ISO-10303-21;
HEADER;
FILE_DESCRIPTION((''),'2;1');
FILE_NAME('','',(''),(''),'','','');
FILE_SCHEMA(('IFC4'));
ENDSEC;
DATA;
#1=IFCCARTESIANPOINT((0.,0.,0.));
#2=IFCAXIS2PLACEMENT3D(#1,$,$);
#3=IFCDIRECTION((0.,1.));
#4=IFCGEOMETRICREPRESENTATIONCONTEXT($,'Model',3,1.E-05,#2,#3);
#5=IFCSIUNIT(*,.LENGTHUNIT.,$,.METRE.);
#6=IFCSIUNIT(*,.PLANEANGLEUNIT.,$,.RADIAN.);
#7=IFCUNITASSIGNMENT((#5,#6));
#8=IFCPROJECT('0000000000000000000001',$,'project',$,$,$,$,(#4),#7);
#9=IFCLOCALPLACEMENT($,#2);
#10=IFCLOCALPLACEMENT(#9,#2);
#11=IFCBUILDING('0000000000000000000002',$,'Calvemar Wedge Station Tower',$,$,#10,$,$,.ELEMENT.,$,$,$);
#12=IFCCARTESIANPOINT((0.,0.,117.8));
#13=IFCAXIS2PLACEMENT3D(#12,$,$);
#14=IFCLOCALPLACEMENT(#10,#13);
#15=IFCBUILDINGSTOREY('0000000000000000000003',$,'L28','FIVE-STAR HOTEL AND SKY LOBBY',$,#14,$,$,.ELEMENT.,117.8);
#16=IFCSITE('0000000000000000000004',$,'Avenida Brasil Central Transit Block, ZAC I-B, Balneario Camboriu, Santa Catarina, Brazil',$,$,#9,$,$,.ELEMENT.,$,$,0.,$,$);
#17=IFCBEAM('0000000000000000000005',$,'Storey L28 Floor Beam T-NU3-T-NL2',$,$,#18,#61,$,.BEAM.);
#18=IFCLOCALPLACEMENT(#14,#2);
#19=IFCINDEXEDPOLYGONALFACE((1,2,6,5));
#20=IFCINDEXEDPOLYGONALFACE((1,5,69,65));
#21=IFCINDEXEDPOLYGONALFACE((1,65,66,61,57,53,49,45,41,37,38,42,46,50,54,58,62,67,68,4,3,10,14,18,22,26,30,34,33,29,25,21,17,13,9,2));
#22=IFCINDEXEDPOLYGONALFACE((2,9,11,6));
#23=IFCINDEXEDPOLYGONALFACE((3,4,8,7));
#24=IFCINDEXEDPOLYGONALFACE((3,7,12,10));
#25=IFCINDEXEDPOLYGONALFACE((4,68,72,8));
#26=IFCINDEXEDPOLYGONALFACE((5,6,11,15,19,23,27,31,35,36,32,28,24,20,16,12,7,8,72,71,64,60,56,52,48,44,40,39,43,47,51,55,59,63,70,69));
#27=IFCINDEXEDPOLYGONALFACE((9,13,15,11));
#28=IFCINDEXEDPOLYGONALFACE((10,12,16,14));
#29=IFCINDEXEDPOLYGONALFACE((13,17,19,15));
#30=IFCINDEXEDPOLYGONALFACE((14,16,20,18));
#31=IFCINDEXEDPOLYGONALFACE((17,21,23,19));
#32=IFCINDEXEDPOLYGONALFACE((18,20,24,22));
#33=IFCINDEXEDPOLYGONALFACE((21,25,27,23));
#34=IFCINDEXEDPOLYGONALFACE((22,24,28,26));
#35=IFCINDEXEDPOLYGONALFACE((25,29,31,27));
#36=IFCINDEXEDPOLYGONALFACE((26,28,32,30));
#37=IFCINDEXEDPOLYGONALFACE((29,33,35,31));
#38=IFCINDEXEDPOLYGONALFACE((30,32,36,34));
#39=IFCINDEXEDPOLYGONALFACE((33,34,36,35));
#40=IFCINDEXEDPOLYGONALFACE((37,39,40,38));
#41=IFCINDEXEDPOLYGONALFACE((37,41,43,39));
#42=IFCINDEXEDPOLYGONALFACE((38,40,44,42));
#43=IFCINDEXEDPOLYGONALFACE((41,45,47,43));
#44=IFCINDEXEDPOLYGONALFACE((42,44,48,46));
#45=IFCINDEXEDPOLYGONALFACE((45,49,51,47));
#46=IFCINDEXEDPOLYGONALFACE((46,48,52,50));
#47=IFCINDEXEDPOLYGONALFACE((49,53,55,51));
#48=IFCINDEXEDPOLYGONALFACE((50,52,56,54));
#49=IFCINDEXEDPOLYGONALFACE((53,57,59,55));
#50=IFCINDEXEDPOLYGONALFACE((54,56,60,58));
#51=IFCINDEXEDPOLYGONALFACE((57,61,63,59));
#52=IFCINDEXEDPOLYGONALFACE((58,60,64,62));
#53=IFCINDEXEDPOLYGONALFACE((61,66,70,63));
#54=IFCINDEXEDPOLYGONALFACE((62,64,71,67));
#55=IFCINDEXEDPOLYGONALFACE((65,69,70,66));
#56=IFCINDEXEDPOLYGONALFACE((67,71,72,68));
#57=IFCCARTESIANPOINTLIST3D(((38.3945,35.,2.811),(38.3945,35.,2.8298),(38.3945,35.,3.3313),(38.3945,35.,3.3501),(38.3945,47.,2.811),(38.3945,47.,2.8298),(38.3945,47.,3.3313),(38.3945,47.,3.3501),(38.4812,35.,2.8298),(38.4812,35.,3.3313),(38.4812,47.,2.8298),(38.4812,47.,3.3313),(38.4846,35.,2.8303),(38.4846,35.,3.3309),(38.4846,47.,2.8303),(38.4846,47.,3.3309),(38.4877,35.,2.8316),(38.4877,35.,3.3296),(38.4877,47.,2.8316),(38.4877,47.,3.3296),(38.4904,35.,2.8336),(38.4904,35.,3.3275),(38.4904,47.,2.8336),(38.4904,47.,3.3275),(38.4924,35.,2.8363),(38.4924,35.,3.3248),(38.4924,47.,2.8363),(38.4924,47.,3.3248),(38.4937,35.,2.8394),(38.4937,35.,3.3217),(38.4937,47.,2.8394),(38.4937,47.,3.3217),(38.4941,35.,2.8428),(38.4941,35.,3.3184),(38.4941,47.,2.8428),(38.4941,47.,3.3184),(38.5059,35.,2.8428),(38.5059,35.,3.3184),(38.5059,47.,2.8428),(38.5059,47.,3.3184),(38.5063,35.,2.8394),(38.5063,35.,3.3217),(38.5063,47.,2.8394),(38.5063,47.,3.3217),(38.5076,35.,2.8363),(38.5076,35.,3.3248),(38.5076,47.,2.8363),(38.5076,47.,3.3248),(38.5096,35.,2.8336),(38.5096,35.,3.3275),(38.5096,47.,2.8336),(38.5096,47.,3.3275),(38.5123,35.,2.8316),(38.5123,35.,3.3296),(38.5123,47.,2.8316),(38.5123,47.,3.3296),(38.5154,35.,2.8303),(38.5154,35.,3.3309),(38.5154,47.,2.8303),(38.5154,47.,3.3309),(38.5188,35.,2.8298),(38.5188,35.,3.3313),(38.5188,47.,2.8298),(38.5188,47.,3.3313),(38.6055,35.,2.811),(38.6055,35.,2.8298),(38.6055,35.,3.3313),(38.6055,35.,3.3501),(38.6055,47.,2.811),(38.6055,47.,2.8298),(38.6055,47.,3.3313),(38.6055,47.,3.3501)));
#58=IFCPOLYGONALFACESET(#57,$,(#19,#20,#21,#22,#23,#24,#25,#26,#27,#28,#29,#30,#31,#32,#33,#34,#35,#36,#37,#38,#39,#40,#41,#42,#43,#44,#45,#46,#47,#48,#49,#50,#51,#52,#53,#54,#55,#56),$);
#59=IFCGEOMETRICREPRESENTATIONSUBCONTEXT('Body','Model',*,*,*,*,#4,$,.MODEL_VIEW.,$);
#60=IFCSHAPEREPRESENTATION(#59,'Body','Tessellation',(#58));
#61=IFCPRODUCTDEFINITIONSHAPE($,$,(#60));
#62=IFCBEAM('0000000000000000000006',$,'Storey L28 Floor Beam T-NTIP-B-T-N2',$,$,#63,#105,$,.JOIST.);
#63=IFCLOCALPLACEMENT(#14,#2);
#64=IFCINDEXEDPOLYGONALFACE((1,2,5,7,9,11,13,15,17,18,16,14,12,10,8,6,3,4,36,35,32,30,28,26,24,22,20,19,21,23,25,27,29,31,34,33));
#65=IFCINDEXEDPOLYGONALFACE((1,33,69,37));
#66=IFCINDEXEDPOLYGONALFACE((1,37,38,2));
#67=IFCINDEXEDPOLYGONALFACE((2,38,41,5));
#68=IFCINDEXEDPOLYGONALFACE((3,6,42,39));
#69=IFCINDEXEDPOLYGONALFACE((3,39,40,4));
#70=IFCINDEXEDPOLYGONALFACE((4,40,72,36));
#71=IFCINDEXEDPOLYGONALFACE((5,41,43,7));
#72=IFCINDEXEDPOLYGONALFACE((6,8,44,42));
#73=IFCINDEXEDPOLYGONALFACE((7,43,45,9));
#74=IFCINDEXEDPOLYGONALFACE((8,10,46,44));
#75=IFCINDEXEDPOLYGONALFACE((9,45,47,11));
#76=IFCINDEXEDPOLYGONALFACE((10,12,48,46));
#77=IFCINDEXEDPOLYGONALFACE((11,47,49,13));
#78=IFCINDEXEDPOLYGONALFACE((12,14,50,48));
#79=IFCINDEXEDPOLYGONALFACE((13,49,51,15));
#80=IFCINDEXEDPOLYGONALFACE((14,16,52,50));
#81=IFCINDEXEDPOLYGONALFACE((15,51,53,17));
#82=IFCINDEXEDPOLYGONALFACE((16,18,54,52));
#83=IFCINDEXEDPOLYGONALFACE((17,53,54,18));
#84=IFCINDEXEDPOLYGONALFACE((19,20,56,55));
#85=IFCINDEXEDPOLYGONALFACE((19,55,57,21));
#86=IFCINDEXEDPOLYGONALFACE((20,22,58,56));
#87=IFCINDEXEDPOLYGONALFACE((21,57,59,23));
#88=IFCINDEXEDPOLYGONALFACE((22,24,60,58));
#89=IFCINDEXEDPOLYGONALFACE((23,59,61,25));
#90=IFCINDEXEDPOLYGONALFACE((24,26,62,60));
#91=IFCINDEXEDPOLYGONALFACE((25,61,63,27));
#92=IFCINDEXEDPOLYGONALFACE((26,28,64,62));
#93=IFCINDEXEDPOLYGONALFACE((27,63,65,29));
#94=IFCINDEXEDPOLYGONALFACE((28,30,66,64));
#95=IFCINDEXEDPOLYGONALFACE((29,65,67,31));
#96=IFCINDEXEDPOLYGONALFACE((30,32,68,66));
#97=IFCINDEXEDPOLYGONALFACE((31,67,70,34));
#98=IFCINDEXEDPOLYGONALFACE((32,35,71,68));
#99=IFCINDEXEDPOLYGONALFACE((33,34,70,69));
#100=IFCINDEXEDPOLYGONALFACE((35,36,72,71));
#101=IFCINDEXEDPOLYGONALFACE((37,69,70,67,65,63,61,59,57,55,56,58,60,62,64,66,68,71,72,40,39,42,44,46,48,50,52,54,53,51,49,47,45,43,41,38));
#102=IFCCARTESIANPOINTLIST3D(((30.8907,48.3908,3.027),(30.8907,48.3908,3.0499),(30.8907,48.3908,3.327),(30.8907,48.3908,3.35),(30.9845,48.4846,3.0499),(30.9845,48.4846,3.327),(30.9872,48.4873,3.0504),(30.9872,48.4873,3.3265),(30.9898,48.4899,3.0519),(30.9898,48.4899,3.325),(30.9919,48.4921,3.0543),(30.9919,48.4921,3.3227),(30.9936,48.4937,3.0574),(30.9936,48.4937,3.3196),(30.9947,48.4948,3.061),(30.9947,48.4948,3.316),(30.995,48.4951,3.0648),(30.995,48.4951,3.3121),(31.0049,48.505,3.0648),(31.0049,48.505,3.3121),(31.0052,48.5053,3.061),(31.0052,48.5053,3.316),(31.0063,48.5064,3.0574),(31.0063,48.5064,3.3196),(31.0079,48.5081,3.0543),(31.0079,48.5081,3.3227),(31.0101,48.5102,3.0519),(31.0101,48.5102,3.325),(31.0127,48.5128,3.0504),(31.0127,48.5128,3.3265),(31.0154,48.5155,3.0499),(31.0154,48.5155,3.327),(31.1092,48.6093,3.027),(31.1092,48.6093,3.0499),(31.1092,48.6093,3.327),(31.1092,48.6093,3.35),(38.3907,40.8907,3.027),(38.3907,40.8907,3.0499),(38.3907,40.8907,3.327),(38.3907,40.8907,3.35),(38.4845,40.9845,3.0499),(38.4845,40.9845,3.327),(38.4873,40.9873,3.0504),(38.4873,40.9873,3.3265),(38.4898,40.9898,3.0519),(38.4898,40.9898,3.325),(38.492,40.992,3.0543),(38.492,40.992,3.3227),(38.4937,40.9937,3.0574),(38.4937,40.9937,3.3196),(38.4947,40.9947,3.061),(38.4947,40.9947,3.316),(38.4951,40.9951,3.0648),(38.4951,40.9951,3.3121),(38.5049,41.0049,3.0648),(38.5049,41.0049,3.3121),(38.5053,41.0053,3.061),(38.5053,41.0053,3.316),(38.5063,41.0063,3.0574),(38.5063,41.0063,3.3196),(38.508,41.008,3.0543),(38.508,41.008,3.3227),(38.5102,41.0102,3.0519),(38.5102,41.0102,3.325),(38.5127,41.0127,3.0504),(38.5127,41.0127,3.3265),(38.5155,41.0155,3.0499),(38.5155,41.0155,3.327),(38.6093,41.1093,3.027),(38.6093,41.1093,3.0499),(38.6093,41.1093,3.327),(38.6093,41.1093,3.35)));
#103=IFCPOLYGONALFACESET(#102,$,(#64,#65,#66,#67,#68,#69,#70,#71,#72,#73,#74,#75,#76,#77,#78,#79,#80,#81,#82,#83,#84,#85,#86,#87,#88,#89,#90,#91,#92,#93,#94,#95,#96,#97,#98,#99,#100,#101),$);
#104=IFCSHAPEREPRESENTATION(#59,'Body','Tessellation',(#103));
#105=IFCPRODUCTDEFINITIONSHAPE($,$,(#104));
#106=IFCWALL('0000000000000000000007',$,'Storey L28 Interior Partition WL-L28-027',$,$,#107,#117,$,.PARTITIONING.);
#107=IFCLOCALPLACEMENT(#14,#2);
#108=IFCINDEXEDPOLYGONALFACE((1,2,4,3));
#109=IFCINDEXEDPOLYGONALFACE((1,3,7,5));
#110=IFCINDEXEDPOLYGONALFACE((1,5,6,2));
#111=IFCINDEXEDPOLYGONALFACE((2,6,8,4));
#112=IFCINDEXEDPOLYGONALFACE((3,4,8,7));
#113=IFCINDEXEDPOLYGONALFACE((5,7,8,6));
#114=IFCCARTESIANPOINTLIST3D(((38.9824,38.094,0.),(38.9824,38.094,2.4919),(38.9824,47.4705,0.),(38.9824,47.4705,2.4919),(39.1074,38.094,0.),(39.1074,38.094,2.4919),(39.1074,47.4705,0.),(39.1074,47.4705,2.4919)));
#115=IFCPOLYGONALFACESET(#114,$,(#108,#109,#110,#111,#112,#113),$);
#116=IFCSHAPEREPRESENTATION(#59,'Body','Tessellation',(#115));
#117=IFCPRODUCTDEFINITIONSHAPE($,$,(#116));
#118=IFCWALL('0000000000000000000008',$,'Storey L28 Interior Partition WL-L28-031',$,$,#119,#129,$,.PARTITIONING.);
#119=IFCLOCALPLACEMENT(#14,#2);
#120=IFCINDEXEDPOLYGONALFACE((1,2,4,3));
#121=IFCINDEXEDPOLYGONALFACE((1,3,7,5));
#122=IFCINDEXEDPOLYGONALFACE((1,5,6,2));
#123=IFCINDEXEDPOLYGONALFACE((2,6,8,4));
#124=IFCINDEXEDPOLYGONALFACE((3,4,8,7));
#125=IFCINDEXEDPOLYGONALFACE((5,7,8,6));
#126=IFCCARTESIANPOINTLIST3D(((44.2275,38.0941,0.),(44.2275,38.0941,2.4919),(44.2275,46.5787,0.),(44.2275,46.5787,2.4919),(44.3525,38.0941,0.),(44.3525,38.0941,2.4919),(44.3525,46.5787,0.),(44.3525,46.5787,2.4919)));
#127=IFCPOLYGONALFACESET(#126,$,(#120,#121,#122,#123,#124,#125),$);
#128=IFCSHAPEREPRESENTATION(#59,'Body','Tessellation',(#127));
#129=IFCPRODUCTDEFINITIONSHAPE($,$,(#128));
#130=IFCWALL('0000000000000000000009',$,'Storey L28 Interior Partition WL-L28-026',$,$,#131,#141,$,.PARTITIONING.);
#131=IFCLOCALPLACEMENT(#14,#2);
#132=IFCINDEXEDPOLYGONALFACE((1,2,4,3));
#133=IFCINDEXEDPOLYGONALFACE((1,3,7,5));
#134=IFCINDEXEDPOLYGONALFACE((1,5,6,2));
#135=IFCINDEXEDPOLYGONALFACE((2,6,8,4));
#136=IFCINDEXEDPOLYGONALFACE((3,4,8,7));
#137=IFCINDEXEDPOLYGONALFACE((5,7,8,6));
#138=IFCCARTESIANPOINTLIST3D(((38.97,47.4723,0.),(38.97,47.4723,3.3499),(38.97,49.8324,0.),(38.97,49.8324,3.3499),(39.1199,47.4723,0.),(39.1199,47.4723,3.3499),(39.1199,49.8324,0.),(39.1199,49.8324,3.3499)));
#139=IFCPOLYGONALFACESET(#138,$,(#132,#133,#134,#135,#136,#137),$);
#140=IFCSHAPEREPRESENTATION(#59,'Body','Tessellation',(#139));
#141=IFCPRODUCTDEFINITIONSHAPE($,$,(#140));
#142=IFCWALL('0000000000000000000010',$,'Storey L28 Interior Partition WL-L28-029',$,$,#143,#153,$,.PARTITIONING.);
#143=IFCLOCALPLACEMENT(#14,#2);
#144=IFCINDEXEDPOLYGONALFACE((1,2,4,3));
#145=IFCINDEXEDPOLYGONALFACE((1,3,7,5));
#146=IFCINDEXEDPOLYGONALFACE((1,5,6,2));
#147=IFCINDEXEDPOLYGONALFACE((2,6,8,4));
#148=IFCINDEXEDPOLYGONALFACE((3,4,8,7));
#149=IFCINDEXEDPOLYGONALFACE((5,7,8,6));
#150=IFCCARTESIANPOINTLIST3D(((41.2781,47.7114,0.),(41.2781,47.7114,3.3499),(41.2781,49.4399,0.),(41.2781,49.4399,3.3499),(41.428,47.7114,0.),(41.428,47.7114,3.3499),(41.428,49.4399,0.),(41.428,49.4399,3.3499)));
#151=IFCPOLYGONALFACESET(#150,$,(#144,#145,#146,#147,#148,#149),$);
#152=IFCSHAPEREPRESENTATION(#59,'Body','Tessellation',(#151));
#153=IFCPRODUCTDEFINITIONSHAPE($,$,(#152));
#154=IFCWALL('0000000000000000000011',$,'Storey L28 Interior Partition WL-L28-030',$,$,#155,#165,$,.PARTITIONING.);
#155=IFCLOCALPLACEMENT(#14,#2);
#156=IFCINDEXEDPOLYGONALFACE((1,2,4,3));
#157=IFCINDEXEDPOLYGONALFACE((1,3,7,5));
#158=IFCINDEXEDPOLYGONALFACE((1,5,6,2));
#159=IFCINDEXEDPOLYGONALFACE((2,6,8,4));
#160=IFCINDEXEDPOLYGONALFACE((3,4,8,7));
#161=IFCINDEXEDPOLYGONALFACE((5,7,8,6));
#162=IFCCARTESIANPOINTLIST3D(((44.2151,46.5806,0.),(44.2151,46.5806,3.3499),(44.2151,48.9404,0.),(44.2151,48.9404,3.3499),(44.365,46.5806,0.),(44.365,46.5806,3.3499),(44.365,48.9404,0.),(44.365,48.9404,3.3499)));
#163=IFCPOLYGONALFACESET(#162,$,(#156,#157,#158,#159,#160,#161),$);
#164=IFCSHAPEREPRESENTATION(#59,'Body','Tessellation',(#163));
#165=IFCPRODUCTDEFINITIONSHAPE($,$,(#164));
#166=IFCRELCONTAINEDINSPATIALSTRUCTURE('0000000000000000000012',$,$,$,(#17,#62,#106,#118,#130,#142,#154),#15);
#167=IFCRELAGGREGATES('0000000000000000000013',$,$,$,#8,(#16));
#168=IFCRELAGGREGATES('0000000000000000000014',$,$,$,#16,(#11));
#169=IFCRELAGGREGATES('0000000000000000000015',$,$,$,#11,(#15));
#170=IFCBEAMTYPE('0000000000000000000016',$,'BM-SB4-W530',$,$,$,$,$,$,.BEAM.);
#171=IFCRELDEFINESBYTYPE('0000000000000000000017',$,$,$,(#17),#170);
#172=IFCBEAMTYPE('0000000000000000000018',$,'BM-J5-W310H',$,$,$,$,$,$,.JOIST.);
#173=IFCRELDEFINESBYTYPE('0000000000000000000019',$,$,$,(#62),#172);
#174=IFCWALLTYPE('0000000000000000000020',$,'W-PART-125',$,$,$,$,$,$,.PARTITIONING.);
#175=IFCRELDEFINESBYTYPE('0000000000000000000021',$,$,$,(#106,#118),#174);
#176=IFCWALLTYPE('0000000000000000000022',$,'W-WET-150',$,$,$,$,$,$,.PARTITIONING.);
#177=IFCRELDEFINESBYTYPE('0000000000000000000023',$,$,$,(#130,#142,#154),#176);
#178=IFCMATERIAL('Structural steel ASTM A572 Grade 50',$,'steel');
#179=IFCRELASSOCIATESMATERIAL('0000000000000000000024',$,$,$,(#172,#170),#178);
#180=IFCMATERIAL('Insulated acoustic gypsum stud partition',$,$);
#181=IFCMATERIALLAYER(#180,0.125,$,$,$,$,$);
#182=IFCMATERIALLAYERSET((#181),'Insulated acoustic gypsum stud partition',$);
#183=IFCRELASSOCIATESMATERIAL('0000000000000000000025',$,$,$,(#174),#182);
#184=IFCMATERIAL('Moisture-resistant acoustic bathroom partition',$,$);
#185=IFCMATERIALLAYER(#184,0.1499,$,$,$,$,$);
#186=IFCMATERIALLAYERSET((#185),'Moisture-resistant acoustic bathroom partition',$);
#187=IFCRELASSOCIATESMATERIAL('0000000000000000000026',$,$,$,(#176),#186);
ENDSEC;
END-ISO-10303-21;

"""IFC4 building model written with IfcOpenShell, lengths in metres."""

from ifc_helpers import new_model, si_unit, direction, frame, frame_2d, origin, origin_2d, place, context, subcontext, project, spatial, rectangle, i_section, extrude, source, transform, mapped, material, layer, layer_set, material_profile, profile_set, type_object, element, save


model = new_model("IFC4")

# Units and contexts
model_context = context("Model", 3, precision=1e-05, world=origin(), true_north=direction((0.0, 1.0)))
body_context = subcontext(model_context, "Body", "Model", "MODEL_VIEW")
ifc_project = project(units=[si_unit("LENGTHUNIT", "METRE"), si_unit("PLANEANGLEUNIT", "RADIAN")], contexts=[model_context])

# Site, building, storey
site_placement = place(None, origin())
site = spatial("IfcSite", under=ifc_project, at=site_placement, Name="Avenida Brasil Central Transit Block, ZAC I-B, Balneario Camboriu, Santa Catarina, Brazil", CompositionType="ELEMENT", RefElevation=0.0)
building_placement = place(site_placement, origin())
building = spatial("IfcBuilding", under=site, at=building_placement, Name="Calvemar Wedge Station Tower", CompositionType="ELEMENT")
storey_placement = place(building_placement, frame((0.0, 0.0, 117.8)))
storey = spatial("IfcBuildingStorey", under=building, at=storey_placement, Name="L28", Description="FIVE-STAR HOTEL AND SKY LOBBY", CompositionType="ELEMENT", Elevation=117.8)

# Shared definitions
ifc_material_1 = material(Name="Structural steel ASTM A572 Grade 50", Category="steel")

# Beams
ifc_material_profile_1 = material_profile(ifc_material_1, i_section(OverallWidth=0.3091, OverallDepth=0.323, WebThickness=0.0139, FlangeThickness=0.0229, FilletRadius=0.0149, at=origin_2d()), Name="W310x143")
ifc_profile_set_1 = profile_set([ifc_material_profile_1], Name="Structural steel ASTM A572 Grade 50")
beam_type_1 = type_object("IfcBeamType", Name="BM-J5-W310H", PredefinedType="JOIST", material=ifc_profile_set_1)
ifc_material_profile_2 = material_profile(ifc_material_1, i_section(OverallWidth=0.2109, OverallDepth=0.5391, WebThickness=0.0117, FlangeThickness=0.0188, FilletRadius=0.0129, at=origin_2d()), Name="W530x109")
ifc_profile_set_2 = profile_set([ifc_material_profile_2], Name="Structural steel ASTM A572 Grade 50")
beam_type_2 = type_object("IfcBeamType", Name="BM-SB4-W530", PredefinedType="BEAM", material=ifc_profile_set_2)
shared_shape_1 = source(origin(), body_context, "Body", "SweptSolid", [
    extrude(i_section(OverallWidth=0.2109, OverallDepth=0.5391, WebThickness=0.0117, FlangeThickness=0.0188, FilletRadius=0.0129, at=origin_2d()), origin(), (0.0, 0.0, 1.0), 12.0),
])
beam_1_placement = place(storey_placement, frame((38.5, 47.0, 3.0806), z_axis=(0.0, -1.0, 0.0), x_axis=(1.0, 0.0, 0.0)))
element("IfcBeam", 1, at=beam_1_placement, inside=storey, type_object=beam_type_2, Name="Storey L28 Floor Beam T-NU3-T-NL2", PredefinedType="BEAM", context=body_context, shape_type="MappedRepresentation", body=[
    mapped(shared_shape_1, transform((0.0, 0.0, 0.0), scale=1.0)),
])
shared_shape_2 = source(origin(), body_context, "Body", "SweptSolid", [
    extrude(i_section(OverallWidth=0.3091, OverallDepth=0.323, WebThickness=0.0139, FlangeThickness=0.0229, FilletRadius=0.0149, at=origin_2d()), origin(), (0.0, 0.0, 1.0), 10.6067),
])
beam_2_placement = place(storey_placement, frame((38.5, 41.0, 3.1885), z_axis=(-0.707107, 0.707107, 0.0), x_axis=(-0.707107, -0.707107, 0.0)))
element("IfcBeam", 2, at=beam_2_placement, inside=storey, type_object=beam_type_1, Name="Storey L28 Floor Beam T-NTIP-B-T-N2", PredefinedType="JOIST", context=body_context, shape_type="MappedRepresentation", body=[
    mapped(shared_shape_2, transform((0.0, 0.0, 0.0), scale=1.0)),
])

# Walls
ifc_material_2 = material(Name="Insulated acoustic gypsum stud partition")
ifc_layer_1 = layer(ifc_material_2, 0.125)
ifc_layer_set_1 = layer_set([ifc_layer_1], Name="Insulated acoustic gypsum stud partition")
wall_type_1 = type_object("IfcWallType", Name="W-PART-125", PredefinedType="PARTITIONING", material=ifc_layer_set_1)
wall_1_placement = place(storey_placement, frame((39.0449, 47.4705, 0.0), z_axis=(0.0, 0.0, 1.0), x_axis=(0.0, -1.0, 0.0)))
element("IfcWall", 3, at=wall_1_placement, inside=storey, type_object=wall_type_1, Name="Storey L28 Interior Partition WL-L28-027", PredefinedType="PARTITIONING", context=body_context, shape_type="SweptSolid", body=[
    extrude(rectangle(XDim=9.3765, YDim=0.125, at=frame_2d((4.6882, 0.0))), origin(), (0.0, 0.0, 1.0), 2.4919),
])
wall_2_placement = place(storey_placement, frame((44.29, 46.5786, 0.0), z_axis=(0.0, 0.0, 1.0), x_axis=(0.0, -1.0, 0.0)))
element("IfcWall", 4, at=wall_2_placement, inside=storey, type_object=wall_type_1, Name="Storey L28 Interior Partition WL-L28-031", PredefinedType="PARTITIONING", context=body_context, shape_type="SweptSolid", body=[
    extrude(rectangle(XDim=8.4846, YDim=0.125, at=frame_2d((4.2422, 0.0))), origin(), (0.0, 0.0, 1.0), 2.4919),
])
ifc_material_3 = material(Name="Moisture-resistant acoustic bathroom partition")
ifc_layer_2 = layer(ifc_material_3, 0.1499)
ifc_layer_set_2 = layer_set([ifc_layer_2], Name="Moisture-resistant acoustic bathroom partition")
wall_type_2 = type_object("IfcWallType", Name="W-WET-150", PredefinedType="PARTITIONING", material=ifc_layer_set_2)
wall_3_placement = place(storey_placement, frame((39.0449, 49.8325, 0.0), z_axis=(0.0, 0.0, 1.0), x_axis=(0.0, -1.0, 0.0)))
element("IfcWall", 5, at=wall_3_placement, inside=storey, type_object=wall_type_2, Name="Storey L28 Interior Partition WL-L28-026", PredefinedType="PARTITIONING", context=body_context, shape_type="SweptSolid", body=[
    extrude(rectangle(XDim=2.3601, YDim=0.1499, at=frame_2d((1.1802, 0.0))), origin(), (0.0, 0.0, 1.0), 3.3499),
])

# Walls
wall_4_placement = place(storey_placement, frame((41.353, 49.4399, 0.0), z_axis=(0.0, 0.0, 1.0), x_axis=(0.0, -1.0, 0.0)))
element("IfcWall", 6, at=wall_4_placement, inside=storey, type_object=wall_type_2, Name="Storey L28 Interior Partition WL-L28-029", PredefinedType="PARTITIONING", context=body_context, shape_type="SweptSolid", body=[
    extrude(rectangle(XDim=1.7285, YDim=0.1499, at=frame_2d((0.8643, 0.0))), origin(), (0.0, 0.0, 1.0), 3.3499),
])
wall_5_placement = place(storey_placement, frame((44.29, 48.9404, 0.0), z_axis=(0.0, 0.0, 1.0), x_axis=(0.0, -1.0, 0.0)))
element("IfcWall", 7, at=wall_5_placement, inside=storey, type_object=wall_type_2, Name="Storey L28 Interior Partition WL-L28-030", PredefinedType="PARTITIONING", context=body_context, shape_type="SweptSolid", body=[
    extrude(rectangle(XDim=2.3599, YDim=0.1499, at=frame_2d((1.1799, 0.0))), origin(), (0.0, 0.0, 1.0), 3.3499),
])

save(model, "model.ifc")
